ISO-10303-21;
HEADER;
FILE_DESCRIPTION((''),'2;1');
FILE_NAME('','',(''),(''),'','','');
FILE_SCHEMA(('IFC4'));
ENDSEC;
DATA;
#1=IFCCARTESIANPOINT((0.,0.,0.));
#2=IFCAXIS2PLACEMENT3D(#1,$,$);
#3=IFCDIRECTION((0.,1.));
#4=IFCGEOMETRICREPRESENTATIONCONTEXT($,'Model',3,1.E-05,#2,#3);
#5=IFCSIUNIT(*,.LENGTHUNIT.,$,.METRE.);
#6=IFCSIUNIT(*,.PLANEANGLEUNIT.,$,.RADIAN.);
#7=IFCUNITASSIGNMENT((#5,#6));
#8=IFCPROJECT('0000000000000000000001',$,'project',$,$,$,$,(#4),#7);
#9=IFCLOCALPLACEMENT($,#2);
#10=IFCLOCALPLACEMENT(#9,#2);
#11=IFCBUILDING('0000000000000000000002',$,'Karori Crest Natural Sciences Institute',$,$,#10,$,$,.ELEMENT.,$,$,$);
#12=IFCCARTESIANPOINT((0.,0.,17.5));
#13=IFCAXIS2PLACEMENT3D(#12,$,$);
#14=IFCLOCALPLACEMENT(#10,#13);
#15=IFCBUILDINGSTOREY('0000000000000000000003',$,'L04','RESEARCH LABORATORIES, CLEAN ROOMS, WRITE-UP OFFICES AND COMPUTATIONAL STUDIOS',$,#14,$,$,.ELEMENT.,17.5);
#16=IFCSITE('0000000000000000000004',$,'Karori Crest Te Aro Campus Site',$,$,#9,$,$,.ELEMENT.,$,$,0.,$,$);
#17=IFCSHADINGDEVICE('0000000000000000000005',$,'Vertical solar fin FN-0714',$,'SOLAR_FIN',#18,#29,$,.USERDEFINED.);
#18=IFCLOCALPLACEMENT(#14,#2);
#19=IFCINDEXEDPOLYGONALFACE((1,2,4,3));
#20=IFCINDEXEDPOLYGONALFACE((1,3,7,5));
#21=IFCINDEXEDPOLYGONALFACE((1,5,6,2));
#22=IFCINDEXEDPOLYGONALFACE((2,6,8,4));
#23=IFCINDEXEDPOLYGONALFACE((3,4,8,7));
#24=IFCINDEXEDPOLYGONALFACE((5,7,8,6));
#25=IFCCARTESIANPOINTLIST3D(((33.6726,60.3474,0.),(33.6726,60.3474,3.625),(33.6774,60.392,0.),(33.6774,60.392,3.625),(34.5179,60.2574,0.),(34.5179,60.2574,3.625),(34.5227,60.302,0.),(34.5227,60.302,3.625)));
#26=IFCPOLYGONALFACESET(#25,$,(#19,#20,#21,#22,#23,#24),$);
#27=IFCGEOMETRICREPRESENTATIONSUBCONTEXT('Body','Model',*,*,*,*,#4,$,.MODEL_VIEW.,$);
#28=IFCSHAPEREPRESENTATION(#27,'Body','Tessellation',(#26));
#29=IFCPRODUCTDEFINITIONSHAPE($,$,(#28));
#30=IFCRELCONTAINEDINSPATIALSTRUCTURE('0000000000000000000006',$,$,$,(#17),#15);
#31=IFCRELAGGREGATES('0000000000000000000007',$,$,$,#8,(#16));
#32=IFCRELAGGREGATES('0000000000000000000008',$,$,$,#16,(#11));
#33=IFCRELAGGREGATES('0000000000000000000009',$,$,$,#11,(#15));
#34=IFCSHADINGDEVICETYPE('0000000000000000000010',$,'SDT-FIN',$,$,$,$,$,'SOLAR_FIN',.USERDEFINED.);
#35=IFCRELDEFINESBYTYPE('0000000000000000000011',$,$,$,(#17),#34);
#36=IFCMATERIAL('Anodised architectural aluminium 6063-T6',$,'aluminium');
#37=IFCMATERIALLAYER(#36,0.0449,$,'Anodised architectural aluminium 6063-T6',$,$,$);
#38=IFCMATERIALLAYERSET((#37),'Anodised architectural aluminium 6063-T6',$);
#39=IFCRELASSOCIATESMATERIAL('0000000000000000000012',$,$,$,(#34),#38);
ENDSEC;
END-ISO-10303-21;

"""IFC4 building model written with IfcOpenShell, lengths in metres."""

from ifc_helpers import new_model, si_unit, direction, frame, origin, origin_2d, place, context, subcontext, project, spatial, rectangle, extrude, material, layer, layer_set, type_object, element, save


model = new_model("IFC4")

# Units and contexts
model_context = context("Model", 3, precision=1e-05, world=origin(), true_north=direction((0.0, 1.0)))
body_context = subcontext(model_context, "Body", "Model", "MODEL_VIEW")
ifc_project = project(units=[si_unit("LENGTHUNIT", "METRE"), si_unit("PLANEANGLEUNIT", "RADIAN")], contexts=[model_context])

# Site, building, storey
site_placement = place(None, origin())
site = spatial("IfcSite", under=ifc_project, at=site_placement, Name="Karori Crest Te Aro Campus Site", CompositionType="ELEMENT", RefElevation=0.0)
building_placement = place(site_placement, origin())
building = spatial("IfcBuilding", under=site, at=building_placement, Name="Karori Crest Natural Sciences Institute", CompositionType="ELEMENT")
storey_placement = place(building_placement, frame((0.0, 0.0, 17.5)))
storey = spatial("IfcBuildingStorey", under=building, at=storey_placement, Name="L04", Description="RESEARCH LABORATORIES, CLEAN ROOMS, WRITE-UP OFFICES AND COMPUTATIONAL STUDIOS", CompositionType="ELEMENT", Elevation=17.5)

# Shared definitions
ifc_material_1 = material(Name="Anodised architectural aluminium 6063-T6", Category="aluminium")

# Shading device
ifc_layer_1 = layer(ifc_material_1, 0.0449, Name="Anodised architectural aluminium 6063-T6")
ifc_layer_set_1 = layer_set([ifc_layer_1], Name="Anodised architectural aluminium 6063-T6")
shading_device_type = type_object("IfcShadingDeviceType", Name="SDT-FIN", ElementType="SOLAR_FIN", PredefinedType="USERDEFINED", material=ifc_layer_set_1)
for number, where, z_axis, x_axis, name in (
    (1, (34.0977, 60.3247, 0.0), (0.0, 0.0, 1.0), (-0.994378, 0.105886, 0.0), "Vertical solar fin FN-0714"),
):
    element("IfcShadingDevice", number, at=place(storey_placement, frame(where, z_axis=z_axis, x_axis=x_axis)), inside=storey, type_object=shading_device_type, Name=name, ObjectType="SOLAR_FIN", PredefinedType="USERDEFINED", context=body_context, shape_type="SweptSolid", body=[
        extrude(rectangle(XDim=0.8501, YDim=0.0449, at=origin_2d()), origin(), (0.0, 0.0, 1.0), 3.625),
    ])

save(model, "model.ifc")
